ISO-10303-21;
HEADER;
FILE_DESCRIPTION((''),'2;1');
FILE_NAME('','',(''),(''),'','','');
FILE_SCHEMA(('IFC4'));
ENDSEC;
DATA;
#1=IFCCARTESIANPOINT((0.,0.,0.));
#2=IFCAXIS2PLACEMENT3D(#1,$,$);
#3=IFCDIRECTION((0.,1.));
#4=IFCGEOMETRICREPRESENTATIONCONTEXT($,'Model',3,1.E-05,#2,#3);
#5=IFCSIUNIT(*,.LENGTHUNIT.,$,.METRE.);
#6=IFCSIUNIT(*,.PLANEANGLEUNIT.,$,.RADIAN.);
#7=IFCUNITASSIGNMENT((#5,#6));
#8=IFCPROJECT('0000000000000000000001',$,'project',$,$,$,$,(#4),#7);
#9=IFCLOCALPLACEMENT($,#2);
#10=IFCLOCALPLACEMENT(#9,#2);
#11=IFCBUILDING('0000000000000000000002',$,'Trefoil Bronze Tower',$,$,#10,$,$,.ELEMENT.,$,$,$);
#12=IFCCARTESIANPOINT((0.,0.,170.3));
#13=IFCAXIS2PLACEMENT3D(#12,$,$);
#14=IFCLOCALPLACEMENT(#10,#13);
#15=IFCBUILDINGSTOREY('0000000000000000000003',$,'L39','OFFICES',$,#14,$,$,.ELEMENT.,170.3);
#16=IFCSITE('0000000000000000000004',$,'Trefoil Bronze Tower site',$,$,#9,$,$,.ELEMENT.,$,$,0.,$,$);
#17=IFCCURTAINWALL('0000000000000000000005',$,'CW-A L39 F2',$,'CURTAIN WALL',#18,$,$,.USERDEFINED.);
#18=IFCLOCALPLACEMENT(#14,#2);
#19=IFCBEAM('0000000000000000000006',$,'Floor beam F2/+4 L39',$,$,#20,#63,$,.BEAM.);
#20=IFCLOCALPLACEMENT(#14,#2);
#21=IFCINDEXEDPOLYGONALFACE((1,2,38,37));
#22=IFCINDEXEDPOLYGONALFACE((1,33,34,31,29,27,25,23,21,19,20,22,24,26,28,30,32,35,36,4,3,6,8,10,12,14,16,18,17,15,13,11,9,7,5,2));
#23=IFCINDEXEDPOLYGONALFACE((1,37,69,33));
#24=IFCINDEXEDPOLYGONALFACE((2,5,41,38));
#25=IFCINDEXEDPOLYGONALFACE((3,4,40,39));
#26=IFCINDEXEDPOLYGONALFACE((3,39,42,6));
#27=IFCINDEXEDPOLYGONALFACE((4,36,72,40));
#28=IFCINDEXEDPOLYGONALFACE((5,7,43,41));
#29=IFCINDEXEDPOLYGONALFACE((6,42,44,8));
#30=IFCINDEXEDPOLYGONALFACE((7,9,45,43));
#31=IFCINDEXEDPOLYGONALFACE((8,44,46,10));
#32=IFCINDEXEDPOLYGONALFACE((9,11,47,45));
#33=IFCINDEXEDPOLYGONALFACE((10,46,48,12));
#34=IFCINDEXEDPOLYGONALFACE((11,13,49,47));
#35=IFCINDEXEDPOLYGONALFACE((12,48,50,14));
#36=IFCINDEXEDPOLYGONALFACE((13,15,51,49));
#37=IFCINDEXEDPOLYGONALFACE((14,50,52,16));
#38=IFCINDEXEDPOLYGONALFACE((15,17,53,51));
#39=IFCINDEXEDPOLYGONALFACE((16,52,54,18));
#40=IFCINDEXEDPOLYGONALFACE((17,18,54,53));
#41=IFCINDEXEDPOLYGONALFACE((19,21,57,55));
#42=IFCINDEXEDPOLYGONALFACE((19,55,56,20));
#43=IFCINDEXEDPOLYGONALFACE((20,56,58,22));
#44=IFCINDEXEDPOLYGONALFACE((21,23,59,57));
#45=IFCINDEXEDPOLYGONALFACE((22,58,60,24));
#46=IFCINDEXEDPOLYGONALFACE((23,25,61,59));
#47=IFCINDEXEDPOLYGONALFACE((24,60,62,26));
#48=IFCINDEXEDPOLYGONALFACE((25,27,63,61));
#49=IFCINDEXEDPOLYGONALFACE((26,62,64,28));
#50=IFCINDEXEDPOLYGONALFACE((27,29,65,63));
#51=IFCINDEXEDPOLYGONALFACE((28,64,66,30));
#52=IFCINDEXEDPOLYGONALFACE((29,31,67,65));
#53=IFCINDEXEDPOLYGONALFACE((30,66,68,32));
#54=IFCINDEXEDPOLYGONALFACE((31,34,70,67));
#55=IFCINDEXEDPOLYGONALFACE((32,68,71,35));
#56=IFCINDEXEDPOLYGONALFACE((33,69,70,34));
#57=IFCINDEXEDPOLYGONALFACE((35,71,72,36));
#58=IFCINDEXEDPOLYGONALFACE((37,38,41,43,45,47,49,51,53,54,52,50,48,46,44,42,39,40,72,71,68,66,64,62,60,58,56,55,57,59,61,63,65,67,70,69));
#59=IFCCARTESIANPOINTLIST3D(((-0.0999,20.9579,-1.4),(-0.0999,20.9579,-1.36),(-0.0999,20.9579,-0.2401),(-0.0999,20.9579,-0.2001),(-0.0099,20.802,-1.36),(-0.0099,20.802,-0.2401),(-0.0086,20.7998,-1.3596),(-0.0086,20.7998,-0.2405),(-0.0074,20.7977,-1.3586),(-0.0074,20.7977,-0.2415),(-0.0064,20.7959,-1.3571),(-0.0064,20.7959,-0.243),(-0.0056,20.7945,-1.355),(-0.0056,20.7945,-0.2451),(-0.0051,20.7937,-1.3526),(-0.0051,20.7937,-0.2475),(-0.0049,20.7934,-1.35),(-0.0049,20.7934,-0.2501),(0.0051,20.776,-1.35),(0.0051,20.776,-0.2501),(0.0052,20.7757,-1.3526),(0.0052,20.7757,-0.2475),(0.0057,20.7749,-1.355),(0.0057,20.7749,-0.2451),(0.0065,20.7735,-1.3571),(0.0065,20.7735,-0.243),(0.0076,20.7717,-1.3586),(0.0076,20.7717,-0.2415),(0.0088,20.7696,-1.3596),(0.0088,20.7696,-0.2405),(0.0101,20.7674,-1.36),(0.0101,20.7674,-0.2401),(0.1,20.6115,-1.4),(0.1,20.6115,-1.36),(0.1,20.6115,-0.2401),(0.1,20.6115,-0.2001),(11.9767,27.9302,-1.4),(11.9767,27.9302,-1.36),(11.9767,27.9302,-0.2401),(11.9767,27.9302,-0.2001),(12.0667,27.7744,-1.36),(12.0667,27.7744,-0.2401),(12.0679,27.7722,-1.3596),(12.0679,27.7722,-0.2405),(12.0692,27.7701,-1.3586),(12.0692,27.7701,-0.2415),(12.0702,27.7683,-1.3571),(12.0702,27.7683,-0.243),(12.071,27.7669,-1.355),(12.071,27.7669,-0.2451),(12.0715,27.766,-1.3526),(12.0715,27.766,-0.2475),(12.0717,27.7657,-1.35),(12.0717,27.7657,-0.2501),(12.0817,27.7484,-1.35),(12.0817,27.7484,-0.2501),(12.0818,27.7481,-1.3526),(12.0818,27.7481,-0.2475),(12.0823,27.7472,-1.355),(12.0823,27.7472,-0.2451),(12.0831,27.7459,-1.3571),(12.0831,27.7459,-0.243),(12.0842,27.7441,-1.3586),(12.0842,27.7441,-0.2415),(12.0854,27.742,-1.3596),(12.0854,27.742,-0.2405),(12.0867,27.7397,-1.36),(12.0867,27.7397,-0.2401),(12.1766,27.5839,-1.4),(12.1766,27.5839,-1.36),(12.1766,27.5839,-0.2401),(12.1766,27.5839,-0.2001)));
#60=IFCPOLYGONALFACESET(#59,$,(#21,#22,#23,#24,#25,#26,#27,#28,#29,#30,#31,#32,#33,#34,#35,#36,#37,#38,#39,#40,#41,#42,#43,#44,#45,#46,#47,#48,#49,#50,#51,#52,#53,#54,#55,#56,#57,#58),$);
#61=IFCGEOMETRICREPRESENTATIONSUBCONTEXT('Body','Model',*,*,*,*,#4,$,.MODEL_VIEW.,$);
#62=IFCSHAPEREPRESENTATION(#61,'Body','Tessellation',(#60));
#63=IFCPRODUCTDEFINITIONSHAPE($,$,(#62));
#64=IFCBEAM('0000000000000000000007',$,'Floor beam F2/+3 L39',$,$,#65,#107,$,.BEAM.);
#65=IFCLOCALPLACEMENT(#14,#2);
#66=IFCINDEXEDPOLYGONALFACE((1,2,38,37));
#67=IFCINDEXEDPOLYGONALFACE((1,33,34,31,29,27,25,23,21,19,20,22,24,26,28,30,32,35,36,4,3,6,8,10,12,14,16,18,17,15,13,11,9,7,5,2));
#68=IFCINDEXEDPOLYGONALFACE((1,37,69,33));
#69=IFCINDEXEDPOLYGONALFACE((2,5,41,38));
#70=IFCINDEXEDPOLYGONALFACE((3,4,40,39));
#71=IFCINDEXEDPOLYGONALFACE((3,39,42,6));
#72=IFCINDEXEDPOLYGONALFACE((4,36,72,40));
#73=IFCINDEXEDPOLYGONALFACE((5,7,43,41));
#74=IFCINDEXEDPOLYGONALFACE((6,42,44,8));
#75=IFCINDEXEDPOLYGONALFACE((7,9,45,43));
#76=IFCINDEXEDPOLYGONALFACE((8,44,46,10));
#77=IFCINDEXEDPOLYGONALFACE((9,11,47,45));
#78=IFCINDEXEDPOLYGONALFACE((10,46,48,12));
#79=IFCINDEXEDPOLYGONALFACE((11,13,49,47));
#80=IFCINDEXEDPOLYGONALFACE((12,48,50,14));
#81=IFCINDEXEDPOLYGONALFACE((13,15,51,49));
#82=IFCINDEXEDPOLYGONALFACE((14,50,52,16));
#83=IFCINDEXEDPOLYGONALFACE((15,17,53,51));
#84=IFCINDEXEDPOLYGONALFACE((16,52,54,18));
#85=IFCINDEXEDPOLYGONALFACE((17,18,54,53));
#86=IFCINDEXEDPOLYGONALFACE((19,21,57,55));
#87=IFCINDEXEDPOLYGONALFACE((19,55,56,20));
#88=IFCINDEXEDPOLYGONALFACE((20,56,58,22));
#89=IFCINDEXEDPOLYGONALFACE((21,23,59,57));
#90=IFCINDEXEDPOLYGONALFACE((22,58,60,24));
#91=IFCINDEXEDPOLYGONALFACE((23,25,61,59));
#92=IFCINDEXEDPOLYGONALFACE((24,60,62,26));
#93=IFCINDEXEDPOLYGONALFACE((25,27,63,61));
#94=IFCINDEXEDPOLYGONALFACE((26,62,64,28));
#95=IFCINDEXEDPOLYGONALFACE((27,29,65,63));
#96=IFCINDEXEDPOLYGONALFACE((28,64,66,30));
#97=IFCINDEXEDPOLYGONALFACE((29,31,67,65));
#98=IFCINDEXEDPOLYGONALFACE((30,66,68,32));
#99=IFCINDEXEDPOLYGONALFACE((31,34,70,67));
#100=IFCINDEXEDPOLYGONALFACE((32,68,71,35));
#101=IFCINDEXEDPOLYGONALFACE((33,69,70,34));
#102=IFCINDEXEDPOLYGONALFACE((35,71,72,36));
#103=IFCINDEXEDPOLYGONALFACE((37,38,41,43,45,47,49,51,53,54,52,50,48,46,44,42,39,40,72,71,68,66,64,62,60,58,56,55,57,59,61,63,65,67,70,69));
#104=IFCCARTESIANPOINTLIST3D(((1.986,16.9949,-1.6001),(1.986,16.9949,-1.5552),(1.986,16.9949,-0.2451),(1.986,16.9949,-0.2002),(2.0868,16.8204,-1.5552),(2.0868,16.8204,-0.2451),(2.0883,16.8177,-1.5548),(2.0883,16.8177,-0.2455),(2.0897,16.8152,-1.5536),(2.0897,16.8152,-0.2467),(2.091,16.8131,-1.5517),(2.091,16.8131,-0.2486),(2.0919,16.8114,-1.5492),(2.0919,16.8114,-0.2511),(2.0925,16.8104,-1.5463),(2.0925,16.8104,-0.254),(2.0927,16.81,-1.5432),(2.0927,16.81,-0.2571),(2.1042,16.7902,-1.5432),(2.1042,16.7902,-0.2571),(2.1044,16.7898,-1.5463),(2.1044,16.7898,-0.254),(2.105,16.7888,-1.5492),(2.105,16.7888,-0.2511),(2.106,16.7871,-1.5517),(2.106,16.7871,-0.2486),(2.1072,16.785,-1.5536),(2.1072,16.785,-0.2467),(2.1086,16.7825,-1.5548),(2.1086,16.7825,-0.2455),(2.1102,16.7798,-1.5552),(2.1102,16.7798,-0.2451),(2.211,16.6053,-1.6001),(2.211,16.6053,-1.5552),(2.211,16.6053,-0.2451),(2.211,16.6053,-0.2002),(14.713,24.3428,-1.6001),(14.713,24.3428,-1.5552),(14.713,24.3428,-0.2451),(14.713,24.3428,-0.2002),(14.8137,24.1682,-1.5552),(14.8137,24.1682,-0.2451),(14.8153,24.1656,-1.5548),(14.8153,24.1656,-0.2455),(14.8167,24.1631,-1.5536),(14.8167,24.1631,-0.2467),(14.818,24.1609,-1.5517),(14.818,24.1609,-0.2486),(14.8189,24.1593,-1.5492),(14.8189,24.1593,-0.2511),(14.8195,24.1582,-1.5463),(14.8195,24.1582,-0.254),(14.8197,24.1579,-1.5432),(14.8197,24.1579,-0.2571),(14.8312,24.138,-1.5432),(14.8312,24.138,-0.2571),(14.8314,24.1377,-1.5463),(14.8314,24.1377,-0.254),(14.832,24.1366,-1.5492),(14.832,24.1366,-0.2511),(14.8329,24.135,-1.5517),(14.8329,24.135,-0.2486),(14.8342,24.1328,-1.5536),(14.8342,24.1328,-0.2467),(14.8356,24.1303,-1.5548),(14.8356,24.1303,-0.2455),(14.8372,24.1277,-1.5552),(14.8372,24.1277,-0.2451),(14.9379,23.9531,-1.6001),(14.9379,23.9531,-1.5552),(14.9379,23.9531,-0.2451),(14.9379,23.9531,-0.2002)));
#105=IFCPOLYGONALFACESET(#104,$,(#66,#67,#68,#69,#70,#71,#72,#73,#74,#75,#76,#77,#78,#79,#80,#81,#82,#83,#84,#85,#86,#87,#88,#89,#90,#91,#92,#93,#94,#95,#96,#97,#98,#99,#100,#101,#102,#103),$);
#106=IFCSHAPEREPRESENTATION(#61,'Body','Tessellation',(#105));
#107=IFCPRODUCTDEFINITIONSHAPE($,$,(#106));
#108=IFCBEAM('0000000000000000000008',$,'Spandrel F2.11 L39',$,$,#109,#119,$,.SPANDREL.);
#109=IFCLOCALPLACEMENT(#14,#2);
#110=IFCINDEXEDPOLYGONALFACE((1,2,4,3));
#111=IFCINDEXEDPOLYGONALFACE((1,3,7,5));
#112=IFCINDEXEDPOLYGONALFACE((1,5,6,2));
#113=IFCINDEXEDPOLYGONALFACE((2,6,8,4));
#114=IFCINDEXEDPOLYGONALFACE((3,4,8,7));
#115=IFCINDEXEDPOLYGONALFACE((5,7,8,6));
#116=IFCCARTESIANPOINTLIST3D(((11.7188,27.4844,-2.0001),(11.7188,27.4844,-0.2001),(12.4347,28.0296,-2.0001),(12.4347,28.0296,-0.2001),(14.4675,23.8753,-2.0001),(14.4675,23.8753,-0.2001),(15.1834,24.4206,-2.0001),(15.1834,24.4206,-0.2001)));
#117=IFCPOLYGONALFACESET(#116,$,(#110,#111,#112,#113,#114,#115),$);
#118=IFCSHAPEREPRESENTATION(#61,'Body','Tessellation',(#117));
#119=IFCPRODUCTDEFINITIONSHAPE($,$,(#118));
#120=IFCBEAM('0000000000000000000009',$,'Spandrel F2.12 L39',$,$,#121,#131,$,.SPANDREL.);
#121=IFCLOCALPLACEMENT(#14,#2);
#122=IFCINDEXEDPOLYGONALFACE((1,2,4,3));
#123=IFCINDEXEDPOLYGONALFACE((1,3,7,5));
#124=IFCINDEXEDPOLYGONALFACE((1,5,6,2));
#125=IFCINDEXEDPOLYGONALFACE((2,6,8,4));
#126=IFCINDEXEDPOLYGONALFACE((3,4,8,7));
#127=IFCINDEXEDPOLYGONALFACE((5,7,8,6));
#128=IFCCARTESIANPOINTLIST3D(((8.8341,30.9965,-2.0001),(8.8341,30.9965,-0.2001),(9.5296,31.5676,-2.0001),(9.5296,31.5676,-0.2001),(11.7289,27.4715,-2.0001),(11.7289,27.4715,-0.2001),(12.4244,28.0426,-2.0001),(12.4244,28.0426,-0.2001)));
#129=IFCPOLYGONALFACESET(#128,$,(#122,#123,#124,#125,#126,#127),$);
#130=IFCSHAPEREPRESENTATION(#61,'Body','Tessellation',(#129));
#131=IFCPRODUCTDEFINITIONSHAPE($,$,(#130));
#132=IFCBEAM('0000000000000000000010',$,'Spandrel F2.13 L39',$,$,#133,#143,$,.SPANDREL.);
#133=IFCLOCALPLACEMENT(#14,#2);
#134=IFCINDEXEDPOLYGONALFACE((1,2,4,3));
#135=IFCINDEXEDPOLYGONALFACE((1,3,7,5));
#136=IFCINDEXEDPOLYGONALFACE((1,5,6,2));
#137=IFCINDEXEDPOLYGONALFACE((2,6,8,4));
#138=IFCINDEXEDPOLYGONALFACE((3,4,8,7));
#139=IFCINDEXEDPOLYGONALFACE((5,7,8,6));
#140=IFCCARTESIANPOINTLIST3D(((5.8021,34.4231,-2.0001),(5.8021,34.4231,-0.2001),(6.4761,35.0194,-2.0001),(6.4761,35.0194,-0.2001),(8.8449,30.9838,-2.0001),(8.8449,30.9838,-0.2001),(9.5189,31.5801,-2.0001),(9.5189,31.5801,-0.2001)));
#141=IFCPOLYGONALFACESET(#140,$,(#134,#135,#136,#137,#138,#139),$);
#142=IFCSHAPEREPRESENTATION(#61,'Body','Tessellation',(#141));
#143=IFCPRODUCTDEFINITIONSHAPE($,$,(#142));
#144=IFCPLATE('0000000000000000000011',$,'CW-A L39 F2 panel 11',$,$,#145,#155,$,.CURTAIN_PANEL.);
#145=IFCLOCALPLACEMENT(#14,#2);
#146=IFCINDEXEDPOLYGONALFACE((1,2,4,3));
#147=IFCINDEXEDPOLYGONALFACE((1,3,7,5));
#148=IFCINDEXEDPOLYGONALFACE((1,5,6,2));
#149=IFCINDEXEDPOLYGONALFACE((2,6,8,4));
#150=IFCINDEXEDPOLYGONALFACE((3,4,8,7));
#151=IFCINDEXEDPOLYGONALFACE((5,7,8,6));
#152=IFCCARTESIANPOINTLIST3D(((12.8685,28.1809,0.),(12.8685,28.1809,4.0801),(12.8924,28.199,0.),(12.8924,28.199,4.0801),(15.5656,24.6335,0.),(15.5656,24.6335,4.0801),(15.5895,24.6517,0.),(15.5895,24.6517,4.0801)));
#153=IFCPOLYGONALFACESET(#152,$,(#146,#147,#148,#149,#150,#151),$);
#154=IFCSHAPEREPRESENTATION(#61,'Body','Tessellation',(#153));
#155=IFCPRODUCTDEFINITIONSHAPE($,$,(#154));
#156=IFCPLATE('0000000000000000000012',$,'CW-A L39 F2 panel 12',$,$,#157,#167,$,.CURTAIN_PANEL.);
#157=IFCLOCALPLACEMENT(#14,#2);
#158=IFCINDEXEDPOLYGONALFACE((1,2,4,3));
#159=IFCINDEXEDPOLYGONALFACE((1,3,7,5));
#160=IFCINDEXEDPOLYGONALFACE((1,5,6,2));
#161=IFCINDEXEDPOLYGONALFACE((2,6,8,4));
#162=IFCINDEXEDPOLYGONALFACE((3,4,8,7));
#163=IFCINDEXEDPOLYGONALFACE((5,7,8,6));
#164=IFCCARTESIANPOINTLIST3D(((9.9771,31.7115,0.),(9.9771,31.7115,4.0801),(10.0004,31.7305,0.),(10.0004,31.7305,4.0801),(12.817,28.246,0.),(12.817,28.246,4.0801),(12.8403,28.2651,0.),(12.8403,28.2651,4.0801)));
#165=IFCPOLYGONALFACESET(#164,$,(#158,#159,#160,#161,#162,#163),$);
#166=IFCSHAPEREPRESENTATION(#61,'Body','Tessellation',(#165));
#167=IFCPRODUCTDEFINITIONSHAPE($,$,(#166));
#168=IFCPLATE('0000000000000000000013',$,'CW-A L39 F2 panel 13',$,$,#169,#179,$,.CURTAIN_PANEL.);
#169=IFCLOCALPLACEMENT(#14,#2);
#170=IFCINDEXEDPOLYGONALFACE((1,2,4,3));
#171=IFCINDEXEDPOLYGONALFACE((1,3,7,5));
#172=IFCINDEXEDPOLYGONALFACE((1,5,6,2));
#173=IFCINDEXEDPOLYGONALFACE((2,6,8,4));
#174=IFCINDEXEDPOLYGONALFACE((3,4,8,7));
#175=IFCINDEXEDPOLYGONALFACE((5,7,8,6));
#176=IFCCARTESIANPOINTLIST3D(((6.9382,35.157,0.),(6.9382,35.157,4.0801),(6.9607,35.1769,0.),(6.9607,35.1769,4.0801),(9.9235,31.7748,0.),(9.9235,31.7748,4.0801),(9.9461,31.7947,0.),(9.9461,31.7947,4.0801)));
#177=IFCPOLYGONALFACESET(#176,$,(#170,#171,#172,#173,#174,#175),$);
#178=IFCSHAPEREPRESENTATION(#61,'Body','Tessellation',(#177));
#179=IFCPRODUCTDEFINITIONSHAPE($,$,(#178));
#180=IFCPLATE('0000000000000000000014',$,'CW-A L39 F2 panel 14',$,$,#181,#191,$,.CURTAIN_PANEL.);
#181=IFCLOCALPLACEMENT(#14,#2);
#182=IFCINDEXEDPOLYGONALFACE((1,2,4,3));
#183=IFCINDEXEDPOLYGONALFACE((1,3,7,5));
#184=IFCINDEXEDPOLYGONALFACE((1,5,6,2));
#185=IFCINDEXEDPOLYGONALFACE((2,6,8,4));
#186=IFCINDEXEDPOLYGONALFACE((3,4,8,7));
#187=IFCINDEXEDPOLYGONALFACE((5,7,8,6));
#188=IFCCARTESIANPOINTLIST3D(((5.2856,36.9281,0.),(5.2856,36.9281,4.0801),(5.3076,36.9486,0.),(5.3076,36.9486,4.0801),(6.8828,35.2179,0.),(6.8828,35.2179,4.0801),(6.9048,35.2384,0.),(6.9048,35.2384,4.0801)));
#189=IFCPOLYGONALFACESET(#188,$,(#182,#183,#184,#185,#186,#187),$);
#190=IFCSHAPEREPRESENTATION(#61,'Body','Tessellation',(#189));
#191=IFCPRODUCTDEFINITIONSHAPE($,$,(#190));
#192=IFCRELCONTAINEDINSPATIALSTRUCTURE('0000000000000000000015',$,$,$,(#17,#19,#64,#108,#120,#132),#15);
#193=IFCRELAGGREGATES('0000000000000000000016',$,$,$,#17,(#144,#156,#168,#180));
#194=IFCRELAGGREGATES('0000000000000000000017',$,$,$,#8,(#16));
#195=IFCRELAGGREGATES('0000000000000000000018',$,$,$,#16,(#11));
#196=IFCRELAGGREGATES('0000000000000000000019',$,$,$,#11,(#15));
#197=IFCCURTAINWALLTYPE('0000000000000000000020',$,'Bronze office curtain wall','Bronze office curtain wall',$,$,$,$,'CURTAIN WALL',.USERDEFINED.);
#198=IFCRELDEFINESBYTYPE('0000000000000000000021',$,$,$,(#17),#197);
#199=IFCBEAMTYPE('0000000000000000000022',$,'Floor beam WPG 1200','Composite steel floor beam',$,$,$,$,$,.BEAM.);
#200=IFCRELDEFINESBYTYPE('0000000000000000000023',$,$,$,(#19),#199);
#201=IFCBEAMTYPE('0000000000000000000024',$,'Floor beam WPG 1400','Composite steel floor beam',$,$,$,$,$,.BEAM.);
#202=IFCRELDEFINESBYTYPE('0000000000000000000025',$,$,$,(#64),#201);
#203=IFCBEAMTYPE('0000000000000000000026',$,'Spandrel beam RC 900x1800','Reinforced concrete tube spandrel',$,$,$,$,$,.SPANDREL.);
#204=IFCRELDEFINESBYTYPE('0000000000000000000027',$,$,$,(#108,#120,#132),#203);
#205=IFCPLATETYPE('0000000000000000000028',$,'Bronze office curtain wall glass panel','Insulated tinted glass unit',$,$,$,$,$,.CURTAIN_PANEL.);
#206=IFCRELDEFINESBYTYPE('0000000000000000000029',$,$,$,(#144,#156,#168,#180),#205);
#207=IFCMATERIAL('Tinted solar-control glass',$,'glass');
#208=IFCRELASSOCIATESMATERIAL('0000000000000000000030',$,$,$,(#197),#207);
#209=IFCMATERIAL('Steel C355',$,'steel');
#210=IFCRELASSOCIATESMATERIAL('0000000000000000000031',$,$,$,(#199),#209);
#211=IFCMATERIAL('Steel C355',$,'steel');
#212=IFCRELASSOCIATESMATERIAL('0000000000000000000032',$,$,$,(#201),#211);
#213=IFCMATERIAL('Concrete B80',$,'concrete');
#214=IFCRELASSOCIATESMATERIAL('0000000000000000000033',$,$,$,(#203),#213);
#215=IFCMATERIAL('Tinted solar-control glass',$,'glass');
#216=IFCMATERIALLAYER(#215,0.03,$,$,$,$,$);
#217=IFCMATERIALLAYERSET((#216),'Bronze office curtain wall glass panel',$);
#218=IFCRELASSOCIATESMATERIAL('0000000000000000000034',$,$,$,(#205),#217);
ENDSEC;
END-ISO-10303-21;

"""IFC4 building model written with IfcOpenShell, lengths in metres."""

from ifc_helpers import new_model, si_unit, direction, frame, origin, origin_2d, place, context, subcontext, project, spatial, rectangle, i_section, extrude, material, layer, layer_set, material_profile, profile_set, type_object, element, aggregate, save


model = new_model("IFC4")

# Units and contexts
model_context = context("Model", 3, precision=1e-05, world=origin(), true_north=direction((0.0, 1.0)))
body_context = subcontext(model_context, "Body", "Model", "MODEL_VIEW")
ifc_project = project(units=[si_unit("LENGTHUNIT", "METRE"), si_unit("PLANEANGLEUNIT", "RADIAN")], contexts=[model_context])

# Site, building, storey
site_placement = place(None, origin())
site = spatial("IfcSite", under=ifc_project, at=site_placement, Name="Trefoil Bronze Tower site", CompositionType="ELEMENT", RefElevation=0.0)
building_placement = place(site_placement, origin())
building = spatial("IfcBuilding", under=site, at=building_placement, Name="Trefoil Bronze Tower", CompositionType="ELEMENT")
storey_placement = place(building_placement, frame((0.0, 0.0, 170.3)))
storey = spatial("IfcBuildingStorey", under=building, at=storey_placement, Name="L39", Description="OFFICES", CompositionType="ELEMENT", Elevation=170.3)

# Curtain wall
ifc_material_1 = material(Name="Tinted solar-control glass", Category="glass")
curtain_wall_type_1 = type_object("IfcCurtainWallType", Name="Bronze office curtain wall", Description="Bronze office curtain wall", ElementType="CURTAIN WALL", PredefinedType="USERDEFINED", material=ifc_material_1)
curtain_wall_1_placement = place(storey_placement, origin())
curtain_wall_1 = element("IfcCurtainWall", 1, at=curtain_wall_1_placement, inside=storey, type_object=curtain_wall_type_1, Name="CW-A L39 F2", ObjectType="CURTAIN WALL", PredefinedType="USERDEFINED")

# Beams
ifc_material_2 = material(Name="Steel C355", Category="steel")
ifc_material_profile_1 = material_profile(ifc_material_2, i_section(OverallWidth=0.3999, OverallDepth=1.2, WebThickness=0.02, FlangeThickness=0.04, FilletRadius=0.01, at=origin_2d()), Name="WPG 1200")
ifc_profile_set_1 = profile_set([ifc_material_profile_1], Name="Steel C355")
beam_type_1 = type_object("IfcBeamType", Name="Floor beam WPG 1200", Description="Composite steel floor beam", PredefinedType="BEAM", material=ifc_profile_set_1)
beam_1_placement = place(storey_placement, frame((12.0767, 27.7571, -0.8), z_axis=(-0.866027, -0.499997, 0.0), x_axis=(0.499997, -0.866027, 0.0)))
element("IfcBeam", 2, at=beam_1_placement, inside=storey, type_object=beam_type_1, Name="Floor beam F2/+4 L39", PredefinedType="BEAM", context=body_context, shape_type="SweptSolid", body=[
    extrude(i_section(OverallWidth=0.3999, OverallDepth=1.2, WebThickness=0.02, FlangeThickness=0.04, FilletRadius=0.01, at=origin_2d()), origin(), (0.0, 0.0, 1.0), 13.9448),
])
ifc_material_3 = material(Name="Steel C355", Category="steel")
ifc_material_profile_2 = material_profile(ifc_material_3, i_section(OverallWidth=0.45, OverallDepth=1.3999, WebThickness=0.0229, FlangeThickness=0.0449, FilletRadius=0.012, at=origin_2d()), Name="WPG 1400")
ifc_profile_set_2 = profile_set([ifc_material_profile_2], Name="Steel C355")
beam_type_2 = type_object("IfcBeamType", Name="Floor beam WPG 1400", Description="Composite steel floor beam", PredefinedType="BEAM", material=ifc_profile_set_2)
beam_2_placement = place(storey_placement, frame((14.8254, 24.1479, -0.9001), z_axis=(-0.866027, -0.499997, 0.0), x_axis=(0.499997, -0.866027, 0.0)))
element("IfcBeam", 3, at=beam_2_placement, inside=storey, type_object=beam_type_2, Name="Floor beam F2/+3 L39", PredefinedType="BEAM", context=body_context, shape_type="SweptSolid", body=[
    extrude(i_section(OverallWidth=0.45, OverallDepth=1.3999, WebThickness=0.0229, FlangeThickness=0.0449, FilletRadius=0.012, at=origin_2d()), origin(), (0.0, 0.0, 1.0), 14.6958),
])
ifc_material_4 = material(Name="Concrete B80", Category="concrete")
ifc_material_profile_3 = material_profile(ifc_material_4, rectangle(XDim=0.8999, YDim=1.8, at=origin_2d()), Name="RC 900x1800")
ifc_profile_set_3 = profile_set([ifc_material_profile_3], Name="Concrete B80")
beam_type_3 = type_object("IfcBeamType", Name="Spandrel beam RC 900x1800", Description="Reinforced concrete tube spandrel", PredefinedType="SPANDREL", material=ifc_profile_set_3)
beam_3_placement = place(storey_placement, frame((14.8254, 24.1479, -1.1001), z_axis=(-0.605899, 0.795542, 0.0), x_axis=(-0.795542, -0.605899, 0.0)))
element("IfcBeam", 4, at=beam_3_placement, inside=storey, type_object=beam_type_3, Name="Spandrel F2.11 L39", PredefinedType="SPANDREL", context=body_context, shape_type="SweptSolid", body=[
    extrude(rectangle(XDim=0.8999, YDim=1.8, at=origin_2d()), origin(), (0.0, 0.0, 1.0), 4.5366),
])
beam_4_placement = place(storey_placement, frame((12.0767, 27.7571, -1.1001), z_axis=(-0.63465, 0.772799, 0.0), x_axis=(-0.772799, -0.63465, 0.0)))
element("IfcBeam", 5, at=beam_4_placement, inside=storey, type_object=beam_type_3, Name="Spandrel F2.12 L39", PredefinedType="SPANDREL", context=body_context, shape_type="SweptSolid", body=[
    extrude(rectangle(XDim=0.8999, YDim=1.8, at=origin_2d()), origin(), (0.0, 0.0, 1.0), 4.5613),
])
beam_5_placement = place(storey_placement, frame((9.1819, 31.282, -1.1001), z_axis=(-0.662616, 0.748959, 0.0), x_axis=(-0.748959, -0.662616, 0.0)))
element("IfcBeam", 6, at=beam_5_placement, inside=storey, type_object=beam_type_3, Name="Spandrel F2.13 L39", PredefinedType="SPANDREL", context=body_context, shape_type="SweptSolid", body=[
    extrude(rectangle(XDim=0.8999, YDim=1.8, at=origin_2d()), origin(), (0.0, 0.0, 1.0), 4.592),
])

# Plates
ifc_material_5 = material(Name="Tinted solar-control glass", Category="glass")
ifc_layer_1 = layer(ifc_material_5, 0.03)
ifc_layer_set_1 = layer_set([ifc_layer_1], Name="Bronze office curtain wall glass panel")
plate_type_1 = type_object("IfcPlateType", Name="Bronze office curtain wall glass panel", Description="Insulated tinted glass unit", PredefinedType="CURTAIN_PANEL", material=ifc_layer_set_1)
plate_1_placement = place(storey_placement, frame((14.229, 26.4163, 0.0), z_axis=(0.0, 0.0, 1.0), x_axis=(-0.605252, 0.796034, 0.0)))
plate_1 = element("IfcPlate", 7, at=plate_1_placement, type_object=plate_type_1, Name="CW-A L39 F2 panel 11", PredefinedType="CURTAIN_PANEL", context=body_context, shape_type="SweptSolid", body=[
    extrude(rectangle(XDim=4.4563, YDim=0.03, at=origin_2d()), origin(), (0.0, 0.0, 1.0), 4.0801),
])
plate_2_placement = place(storey_placement, frame((11.4087, 29.9883, 0.0), z_axis=(0.0, 0.0, 1.0), x_axis=(-0.63384, 0.773464, 0.0)))
plate_2 = element("IfcPlate", 8, at=plate_2_placement, type_object=plate_type_1, Name="CW-A L39 F2 panel 12", PredefinedType="CURTAIN_PANEL", context=body_context, shape_type="SweptSolid", body=[
    extrude(rectangle(XDim=4.4805, YDim=0.03, at=origin_2d()), origin(), (0.0, 0.0, 1.0), 4.0801),
])
plate_3_placement = place(storey_placement, frame((8.4421, 33.4758, 0.0), z_axis=(0.0, 0.0, 1.0), x_axis=(-0.661751, 0.749723, 0.0)))
plate_3 = element("IfcPlate", 9, at=plate_3_placement, type_object=plate_type_1, Name="CW-A L39 F2 panel 13", PredefinedType="CURTAIN_PANEL", context=body_context, shape_type="SweptSolid", body=[
    extrude(rectangle(XDim=4.5112, YDim=0.03, at=origin_2d()), origin(), (0.0, 0.0, 1.0), 4.0801),
])
plate_4_placement = place(storey_placement, frame((6.0952, 36.0833, 0.0), z_axis=(0.0, 0.0, 1.0), x_axis=(-0.682536, 0.730852, 0.0)))
plate_4 = element("IfcPlate", 10, at=plate_4_placement, type_object=plate_type_1, Name="CW-A L39 F2 panel 14", PredefinedType="CURTAIN_PANEL", context=body_context, shape_type="SweptSolid", body=[
    extrude(rectangle(XDim=2.3401, YDim=0.03, at=origin_2d()), origin(), (0.0, 0.0, 1.0), 4.0801),
])
aggregate(curtain_wall_1, [plate_1, plate_2, plate_3, plate_4])

save(model, "model.ifc")
